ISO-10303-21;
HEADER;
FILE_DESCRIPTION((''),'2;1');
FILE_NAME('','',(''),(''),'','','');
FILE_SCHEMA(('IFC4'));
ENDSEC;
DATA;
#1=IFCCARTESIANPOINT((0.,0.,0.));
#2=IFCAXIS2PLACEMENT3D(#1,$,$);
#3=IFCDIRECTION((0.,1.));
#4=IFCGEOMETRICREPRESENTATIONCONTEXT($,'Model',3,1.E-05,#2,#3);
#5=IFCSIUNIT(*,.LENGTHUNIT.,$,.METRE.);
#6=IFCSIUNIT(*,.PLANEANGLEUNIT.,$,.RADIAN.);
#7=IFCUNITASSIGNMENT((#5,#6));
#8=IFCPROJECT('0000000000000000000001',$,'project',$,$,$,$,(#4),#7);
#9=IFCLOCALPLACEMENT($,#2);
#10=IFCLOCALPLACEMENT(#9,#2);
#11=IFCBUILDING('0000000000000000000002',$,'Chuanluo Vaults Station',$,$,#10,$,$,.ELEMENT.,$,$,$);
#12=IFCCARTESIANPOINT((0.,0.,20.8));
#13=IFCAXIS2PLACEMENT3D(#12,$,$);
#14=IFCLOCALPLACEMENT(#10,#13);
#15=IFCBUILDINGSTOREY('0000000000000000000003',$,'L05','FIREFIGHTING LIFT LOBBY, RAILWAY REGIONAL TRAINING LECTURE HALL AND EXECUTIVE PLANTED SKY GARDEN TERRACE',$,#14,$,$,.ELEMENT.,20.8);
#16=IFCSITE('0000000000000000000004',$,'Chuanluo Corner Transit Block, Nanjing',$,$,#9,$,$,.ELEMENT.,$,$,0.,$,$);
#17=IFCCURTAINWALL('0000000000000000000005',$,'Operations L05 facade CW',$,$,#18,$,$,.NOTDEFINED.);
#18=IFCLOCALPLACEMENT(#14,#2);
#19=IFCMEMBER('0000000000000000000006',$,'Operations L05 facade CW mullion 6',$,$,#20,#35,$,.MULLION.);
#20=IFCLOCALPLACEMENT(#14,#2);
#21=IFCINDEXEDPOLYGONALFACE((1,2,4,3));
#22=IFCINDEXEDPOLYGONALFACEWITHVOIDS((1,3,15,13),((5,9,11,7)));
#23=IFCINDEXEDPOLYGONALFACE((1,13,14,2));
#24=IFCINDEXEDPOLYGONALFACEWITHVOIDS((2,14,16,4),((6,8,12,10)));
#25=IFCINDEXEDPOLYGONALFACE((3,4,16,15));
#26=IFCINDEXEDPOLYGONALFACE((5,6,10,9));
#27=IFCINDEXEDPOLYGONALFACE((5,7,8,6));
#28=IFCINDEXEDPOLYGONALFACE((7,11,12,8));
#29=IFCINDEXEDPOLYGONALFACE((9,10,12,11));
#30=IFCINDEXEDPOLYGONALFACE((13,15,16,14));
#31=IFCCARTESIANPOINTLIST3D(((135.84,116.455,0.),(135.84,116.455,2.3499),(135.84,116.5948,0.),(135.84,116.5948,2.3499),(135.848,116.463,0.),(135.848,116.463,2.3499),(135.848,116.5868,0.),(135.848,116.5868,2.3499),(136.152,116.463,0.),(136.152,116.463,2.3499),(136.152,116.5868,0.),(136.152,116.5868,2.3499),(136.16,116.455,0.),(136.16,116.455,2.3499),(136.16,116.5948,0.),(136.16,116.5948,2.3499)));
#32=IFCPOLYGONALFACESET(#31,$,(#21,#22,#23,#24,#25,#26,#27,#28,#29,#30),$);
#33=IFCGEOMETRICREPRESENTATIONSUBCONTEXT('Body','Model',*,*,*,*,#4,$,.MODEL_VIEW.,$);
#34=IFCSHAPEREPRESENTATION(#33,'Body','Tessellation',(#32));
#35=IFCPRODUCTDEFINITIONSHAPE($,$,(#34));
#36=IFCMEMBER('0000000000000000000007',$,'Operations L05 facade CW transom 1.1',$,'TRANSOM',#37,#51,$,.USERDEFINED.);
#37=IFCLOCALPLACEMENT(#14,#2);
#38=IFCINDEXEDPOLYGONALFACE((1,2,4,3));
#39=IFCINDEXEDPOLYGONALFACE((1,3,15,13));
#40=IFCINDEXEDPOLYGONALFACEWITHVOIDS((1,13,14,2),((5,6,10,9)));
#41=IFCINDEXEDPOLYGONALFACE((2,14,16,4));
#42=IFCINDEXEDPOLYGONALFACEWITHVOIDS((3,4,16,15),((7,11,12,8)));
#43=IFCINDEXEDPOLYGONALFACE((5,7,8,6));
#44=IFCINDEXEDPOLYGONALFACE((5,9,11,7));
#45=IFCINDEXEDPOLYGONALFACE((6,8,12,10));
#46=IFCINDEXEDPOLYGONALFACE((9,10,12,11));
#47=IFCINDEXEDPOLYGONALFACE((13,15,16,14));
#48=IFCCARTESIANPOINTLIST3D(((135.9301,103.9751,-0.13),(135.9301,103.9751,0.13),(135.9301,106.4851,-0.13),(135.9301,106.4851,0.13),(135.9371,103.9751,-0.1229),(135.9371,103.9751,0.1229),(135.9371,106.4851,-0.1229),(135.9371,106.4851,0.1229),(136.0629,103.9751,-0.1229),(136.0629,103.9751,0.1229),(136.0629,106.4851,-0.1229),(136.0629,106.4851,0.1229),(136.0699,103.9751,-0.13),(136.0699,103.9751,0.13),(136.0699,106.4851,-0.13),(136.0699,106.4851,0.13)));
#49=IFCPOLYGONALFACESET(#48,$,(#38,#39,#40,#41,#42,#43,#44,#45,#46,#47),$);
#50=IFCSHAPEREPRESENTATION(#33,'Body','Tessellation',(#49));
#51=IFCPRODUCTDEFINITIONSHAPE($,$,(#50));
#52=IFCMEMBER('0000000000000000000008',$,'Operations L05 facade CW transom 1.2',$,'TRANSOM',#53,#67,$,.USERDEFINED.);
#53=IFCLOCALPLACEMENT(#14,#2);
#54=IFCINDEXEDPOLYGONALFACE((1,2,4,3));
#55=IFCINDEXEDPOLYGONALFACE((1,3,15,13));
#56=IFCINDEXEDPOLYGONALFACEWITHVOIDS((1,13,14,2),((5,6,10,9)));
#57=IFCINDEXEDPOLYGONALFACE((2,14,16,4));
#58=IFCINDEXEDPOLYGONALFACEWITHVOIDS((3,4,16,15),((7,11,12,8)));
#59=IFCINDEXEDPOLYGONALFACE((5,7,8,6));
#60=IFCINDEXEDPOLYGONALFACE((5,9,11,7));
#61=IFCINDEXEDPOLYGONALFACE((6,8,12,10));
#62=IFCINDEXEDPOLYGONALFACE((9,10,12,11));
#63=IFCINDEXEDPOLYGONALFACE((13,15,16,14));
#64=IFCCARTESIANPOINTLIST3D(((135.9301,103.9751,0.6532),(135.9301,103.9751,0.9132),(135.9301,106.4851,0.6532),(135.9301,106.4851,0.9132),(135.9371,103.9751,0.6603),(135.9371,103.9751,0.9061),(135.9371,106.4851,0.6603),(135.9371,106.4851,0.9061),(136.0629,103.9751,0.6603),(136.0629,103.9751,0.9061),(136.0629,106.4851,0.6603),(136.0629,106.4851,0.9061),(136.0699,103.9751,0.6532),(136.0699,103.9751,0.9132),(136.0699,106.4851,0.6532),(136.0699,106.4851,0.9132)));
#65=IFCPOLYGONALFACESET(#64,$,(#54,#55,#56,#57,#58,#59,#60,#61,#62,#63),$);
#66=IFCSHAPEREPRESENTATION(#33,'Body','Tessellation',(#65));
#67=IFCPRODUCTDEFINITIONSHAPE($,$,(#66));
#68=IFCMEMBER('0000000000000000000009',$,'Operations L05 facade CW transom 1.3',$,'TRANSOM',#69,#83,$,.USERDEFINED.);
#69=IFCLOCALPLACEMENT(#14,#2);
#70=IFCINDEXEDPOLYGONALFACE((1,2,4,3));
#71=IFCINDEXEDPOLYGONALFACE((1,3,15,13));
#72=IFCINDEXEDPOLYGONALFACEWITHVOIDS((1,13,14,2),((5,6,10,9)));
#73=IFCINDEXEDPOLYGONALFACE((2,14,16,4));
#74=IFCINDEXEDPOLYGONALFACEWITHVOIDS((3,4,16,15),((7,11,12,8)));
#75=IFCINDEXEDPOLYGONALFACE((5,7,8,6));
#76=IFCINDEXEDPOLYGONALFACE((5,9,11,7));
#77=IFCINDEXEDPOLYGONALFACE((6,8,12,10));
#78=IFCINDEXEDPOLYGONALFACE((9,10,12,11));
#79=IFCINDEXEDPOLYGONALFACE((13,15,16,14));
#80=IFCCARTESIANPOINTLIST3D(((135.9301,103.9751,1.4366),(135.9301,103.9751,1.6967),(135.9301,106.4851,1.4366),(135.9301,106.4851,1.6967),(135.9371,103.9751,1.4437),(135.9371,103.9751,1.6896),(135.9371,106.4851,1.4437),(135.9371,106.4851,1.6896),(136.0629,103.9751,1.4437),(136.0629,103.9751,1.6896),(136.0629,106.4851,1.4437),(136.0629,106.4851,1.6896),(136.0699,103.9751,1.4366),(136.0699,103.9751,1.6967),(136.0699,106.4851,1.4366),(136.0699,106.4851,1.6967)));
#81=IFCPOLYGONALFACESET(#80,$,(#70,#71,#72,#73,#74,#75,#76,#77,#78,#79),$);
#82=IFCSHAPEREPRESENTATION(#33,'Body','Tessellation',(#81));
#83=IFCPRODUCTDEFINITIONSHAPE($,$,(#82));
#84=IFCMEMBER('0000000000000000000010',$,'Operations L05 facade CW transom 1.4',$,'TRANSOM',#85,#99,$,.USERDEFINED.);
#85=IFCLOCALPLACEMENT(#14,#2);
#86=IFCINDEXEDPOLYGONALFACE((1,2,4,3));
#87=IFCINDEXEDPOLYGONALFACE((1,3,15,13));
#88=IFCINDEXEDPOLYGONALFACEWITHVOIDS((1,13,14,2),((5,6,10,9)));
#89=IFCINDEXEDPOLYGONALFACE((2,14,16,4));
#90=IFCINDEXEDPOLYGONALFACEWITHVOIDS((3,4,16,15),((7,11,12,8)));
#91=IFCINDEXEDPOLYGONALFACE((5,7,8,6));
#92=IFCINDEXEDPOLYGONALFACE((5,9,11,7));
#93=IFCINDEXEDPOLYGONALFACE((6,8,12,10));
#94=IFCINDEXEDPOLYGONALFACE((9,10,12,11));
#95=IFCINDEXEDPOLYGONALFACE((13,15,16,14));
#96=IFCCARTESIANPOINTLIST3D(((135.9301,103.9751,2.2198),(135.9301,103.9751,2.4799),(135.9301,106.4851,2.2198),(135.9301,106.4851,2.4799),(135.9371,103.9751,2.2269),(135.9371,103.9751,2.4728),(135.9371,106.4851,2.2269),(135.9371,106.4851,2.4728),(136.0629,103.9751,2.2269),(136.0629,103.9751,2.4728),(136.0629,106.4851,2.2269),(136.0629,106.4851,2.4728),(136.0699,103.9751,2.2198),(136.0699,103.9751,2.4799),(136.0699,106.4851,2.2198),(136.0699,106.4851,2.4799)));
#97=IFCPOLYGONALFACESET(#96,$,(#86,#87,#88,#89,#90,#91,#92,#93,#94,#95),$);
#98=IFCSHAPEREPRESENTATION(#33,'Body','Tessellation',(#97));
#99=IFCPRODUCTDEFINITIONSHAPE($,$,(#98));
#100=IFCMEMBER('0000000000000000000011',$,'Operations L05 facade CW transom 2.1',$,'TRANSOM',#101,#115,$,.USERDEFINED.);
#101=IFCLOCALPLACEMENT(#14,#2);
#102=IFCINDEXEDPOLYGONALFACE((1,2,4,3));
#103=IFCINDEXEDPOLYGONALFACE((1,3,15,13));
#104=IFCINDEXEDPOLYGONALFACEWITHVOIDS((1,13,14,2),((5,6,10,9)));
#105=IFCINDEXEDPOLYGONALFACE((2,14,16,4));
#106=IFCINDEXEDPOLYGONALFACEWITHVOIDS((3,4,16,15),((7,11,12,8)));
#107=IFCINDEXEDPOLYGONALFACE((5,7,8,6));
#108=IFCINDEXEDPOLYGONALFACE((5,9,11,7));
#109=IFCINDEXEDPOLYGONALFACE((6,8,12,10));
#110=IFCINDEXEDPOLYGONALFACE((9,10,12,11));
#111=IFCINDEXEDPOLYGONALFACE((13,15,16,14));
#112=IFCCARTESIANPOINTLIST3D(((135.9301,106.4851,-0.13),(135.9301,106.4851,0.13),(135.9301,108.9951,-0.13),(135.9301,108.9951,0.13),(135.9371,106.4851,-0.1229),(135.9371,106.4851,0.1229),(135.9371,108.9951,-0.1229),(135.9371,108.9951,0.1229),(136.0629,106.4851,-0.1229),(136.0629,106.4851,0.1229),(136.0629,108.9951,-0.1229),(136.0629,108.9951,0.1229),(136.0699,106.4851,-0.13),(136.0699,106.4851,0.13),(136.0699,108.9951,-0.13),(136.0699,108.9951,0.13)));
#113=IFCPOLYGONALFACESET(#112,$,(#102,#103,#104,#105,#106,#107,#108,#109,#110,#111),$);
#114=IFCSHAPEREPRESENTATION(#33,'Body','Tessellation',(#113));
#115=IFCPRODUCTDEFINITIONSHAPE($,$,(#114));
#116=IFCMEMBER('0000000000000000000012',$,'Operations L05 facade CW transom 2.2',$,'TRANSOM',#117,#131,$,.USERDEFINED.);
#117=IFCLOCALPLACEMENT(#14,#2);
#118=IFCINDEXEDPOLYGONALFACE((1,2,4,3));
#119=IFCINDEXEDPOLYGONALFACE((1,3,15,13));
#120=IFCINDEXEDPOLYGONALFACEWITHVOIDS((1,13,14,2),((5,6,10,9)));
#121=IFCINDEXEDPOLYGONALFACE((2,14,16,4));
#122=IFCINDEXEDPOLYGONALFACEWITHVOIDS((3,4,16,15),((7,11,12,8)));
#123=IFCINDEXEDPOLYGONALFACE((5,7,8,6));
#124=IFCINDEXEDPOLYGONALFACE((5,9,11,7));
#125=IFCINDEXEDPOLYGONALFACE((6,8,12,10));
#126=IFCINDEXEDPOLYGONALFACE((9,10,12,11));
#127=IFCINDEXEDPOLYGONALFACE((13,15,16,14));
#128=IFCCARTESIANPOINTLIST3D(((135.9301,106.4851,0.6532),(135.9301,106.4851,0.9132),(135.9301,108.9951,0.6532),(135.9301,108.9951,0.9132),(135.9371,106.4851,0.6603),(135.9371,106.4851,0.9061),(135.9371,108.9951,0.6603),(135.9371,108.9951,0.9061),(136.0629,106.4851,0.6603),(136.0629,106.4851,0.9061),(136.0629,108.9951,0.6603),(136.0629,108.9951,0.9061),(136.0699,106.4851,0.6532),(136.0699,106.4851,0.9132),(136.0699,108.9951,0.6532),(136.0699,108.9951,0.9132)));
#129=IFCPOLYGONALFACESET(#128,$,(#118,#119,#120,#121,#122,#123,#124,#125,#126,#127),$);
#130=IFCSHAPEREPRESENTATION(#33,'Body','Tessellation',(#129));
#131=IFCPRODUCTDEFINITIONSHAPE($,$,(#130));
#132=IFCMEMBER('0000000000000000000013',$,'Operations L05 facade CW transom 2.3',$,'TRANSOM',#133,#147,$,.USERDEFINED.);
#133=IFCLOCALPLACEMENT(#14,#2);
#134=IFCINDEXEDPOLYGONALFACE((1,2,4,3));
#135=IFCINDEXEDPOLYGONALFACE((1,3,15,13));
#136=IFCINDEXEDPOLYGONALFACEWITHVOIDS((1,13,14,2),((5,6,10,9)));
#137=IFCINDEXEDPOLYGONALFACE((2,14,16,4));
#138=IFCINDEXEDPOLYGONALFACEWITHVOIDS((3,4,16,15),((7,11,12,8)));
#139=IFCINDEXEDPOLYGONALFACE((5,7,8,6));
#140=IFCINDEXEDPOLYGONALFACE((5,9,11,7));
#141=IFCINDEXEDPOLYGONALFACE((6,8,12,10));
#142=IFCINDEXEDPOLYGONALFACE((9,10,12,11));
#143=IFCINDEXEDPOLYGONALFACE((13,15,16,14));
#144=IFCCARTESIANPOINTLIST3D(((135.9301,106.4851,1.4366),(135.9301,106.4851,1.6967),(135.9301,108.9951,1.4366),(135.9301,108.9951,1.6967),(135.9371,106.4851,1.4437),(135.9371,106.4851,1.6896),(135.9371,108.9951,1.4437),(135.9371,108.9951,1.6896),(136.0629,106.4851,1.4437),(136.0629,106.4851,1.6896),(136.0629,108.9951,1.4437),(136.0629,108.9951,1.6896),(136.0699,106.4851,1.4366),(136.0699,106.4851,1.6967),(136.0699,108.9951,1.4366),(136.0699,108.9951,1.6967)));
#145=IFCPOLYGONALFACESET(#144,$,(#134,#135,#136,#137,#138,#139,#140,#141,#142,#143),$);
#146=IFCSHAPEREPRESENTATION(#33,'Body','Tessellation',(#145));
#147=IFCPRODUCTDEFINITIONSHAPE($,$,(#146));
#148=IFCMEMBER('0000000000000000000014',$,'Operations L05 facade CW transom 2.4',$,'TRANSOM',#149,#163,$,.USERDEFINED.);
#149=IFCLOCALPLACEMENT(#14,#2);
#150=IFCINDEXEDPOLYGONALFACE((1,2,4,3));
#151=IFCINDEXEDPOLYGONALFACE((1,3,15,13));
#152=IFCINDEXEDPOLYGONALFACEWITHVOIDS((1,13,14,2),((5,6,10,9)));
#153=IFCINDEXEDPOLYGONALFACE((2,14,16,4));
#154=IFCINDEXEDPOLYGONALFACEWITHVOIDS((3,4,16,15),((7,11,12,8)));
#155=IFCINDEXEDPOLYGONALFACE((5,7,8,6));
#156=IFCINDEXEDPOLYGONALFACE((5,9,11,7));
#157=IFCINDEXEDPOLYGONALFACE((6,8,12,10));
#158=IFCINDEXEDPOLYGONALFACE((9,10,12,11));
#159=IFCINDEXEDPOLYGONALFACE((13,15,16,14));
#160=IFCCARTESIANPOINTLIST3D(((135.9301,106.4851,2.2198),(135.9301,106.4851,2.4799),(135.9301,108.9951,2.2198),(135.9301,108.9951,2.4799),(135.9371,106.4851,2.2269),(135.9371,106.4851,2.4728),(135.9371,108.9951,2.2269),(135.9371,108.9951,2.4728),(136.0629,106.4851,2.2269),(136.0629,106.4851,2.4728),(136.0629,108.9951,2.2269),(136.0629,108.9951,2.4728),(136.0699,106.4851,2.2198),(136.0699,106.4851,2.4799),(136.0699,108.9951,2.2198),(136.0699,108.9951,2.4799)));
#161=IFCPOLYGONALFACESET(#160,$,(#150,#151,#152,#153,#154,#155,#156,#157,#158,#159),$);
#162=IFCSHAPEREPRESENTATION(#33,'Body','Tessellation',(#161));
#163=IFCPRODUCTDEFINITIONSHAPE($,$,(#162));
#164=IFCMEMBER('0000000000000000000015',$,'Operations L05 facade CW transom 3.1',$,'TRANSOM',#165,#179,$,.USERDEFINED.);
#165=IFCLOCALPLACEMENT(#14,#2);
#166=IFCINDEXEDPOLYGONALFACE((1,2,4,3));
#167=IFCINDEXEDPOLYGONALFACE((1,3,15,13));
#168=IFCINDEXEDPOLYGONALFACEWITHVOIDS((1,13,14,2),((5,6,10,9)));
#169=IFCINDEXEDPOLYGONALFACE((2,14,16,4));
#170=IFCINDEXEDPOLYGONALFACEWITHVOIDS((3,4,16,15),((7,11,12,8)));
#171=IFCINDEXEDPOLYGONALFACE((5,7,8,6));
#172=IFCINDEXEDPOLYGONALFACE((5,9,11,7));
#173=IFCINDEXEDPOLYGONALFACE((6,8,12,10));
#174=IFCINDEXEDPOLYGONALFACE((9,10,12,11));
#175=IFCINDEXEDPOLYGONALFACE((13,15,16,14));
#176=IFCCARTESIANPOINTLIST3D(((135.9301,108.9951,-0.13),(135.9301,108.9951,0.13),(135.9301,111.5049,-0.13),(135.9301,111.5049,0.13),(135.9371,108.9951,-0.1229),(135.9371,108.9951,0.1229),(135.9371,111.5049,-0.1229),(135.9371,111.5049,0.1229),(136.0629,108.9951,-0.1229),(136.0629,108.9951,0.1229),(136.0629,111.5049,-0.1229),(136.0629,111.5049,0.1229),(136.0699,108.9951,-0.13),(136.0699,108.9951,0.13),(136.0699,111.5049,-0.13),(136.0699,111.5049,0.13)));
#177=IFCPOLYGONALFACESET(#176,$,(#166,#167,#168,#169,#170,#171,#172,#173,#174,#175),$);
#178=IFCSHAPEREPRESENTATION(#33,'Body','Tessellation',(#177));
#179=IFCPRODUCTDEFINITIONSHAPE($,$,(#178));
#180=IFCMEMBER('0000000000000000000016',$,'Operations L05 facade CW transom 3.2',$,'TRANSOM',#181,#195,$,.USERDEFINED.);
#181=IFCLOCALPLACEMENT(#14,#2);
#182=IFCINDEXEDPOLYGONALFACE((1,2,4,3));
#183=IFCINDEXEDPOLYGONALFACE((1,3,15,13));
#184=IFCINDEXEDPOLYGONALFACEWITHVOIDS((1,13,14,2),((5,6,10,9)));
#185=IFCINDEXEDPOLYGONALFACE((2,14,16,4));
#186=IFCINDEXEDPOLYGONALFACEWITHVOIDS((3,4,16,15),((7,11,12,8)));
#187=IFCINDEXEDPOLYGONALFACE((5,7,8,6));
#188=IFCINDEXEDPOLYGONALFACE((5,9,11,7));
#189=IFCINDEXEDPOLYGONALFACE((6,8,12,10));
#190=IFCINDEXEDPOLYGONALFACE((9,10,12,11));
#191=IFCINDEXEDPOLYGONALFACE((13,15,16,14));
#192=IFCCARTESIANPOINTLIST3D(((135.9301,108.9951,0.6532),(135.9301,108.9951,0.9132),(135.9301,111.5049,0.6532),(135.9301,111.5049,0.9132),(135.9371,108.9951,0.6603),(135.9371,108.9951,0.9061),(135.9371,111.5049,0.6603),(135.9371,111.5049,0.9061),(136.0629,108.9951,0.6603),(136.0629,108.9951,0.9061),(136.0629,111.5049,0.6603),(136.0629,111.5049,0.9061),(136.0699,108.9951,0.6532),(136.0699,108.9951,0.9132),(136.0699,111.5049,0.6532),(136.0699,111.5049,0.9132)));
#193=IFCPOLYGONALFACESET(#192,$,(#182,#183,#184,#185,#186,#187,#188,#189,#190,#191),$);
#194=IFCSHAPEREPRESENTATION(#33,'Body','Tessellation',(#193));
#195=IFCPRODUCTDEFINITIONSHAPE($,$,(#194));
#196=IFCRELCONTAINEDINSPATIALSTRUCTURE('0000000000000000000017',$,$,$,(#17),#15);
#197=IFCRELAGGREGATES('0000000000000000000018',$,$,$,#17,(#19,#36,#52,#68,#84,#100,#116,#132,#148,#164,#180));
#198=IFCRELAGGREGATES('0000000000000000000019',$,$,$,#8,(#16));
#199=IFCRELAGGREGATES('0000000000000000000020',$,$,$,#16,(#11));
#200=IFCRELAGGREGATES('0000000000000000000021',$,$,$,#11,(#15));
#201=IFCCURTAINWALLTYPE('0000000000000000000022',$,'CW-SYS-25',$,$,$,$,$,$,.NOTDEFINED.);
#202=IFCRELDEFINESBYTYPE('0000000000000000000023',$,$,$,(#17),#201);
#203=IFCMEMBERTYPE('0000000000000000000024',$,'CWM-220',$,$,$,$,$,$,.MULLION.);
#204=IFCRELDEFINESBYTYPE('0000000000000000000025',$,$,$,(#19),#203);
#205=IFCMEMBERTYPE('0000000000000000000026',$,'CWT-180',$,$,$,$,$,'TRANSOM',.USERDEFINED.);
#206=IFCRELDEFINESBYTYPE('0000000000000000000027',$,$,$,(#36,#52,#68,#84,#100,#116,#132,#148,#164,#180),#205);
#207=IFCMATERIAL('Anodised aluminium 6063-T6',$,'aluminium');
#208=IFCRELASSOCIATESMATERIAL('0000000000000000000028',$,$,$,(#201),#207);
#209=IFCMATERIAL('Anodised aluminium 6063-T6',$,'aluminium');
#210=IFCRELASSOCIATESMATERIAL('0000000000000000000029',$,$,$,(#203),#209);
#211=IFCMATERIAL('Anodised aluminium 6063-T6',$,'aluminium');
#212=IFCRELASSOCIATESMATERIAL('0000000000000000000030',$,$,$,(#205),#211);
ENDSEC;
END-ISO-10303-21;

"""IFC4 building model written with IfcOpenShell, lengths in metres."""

from ifc_helpers import new_model, si_unit, direction, frame, origin, origin_2d, place, context, subcontext, project, spatial, hollow_rectangle, extrude, material, material_profile, profile_set, type_object, element, aggregate, save


model = new_model("IFC4")

# Units and contexts
model_context = context("Model", 3, precision=1e-05, world=origin(), true_north=direction((0.0, 1.0)))
body_context = subcontext(model_context, "Body", "Model", "MODEL_VIEW")
ifc_project = project(units=[si_unit("LENGTHUNIT", "METRE"), si_unit("PLANEANGLEUNIT", "RADIAN")], contexts=[model_context])

# Site, building, storey
site_placement = place(None, origin())
site = spatial("IfcSite", under=ifc_project, at=site_placement, Name="Chuanluo Corner Transit Block, Nanjing", CompositionType="ELEMENT", RefElevation=0.0)
building_placement = place(site_placement, origin())
building = spatial("IfcBuilding", under=site, at=building_placement, Name="Chuanluo Vaults Station", CompositionType="ELEMENT")
storey_placement = place(building_placement, frame((0.0, 0.0, 20.8)))
storey = spatial("IfcBuildingStorey", under=building, at=storey_placement, Name="L05", Description="FIREFIGHTING LIFT LOBBY, RAILWAY REGIONAL TRAINING LECTURE HALL AND EXECUTIVE PLANTED SKY GARDEN TERRACE", CompositionType="ELEMENT", Elevation=20.8)

# Curtain wall, members
ifc_material_1 = material(Name="Anodised aluminium 6063-T6", Category="aluminium")
curtain_wall_type = type_object("IfcCurtainWallType", Name="CW-SYS-25", PredefinedType="NOTDEFINED", material=ifc_material_1)
curtain_wall_placement = place(storey_placement, origin())
curtain_wall = element("IfcCurtainWall", 1, at=curtain_wall_placement, inside=storey, type_object=curtain_wall_type, Name="Operations L05 facade CW", PredefinedType="NOTDEFINED")
ifc_material_2 = material(Name="Anodised aluminium 6063-T6", Category="aluminium")
ifc_material_profile_1 = material_profile(ifc_material_2, hollow_rectangle(XDim=0.1399, YDim=0.3201, WallThickness=0.0081, at=origin_2d()))
ifc_profile_set_1 = profile_set([ifc_material_profile_1], Name="Anodised aluminium 6063-T6")
member_type_1 = type_object("IfcMemberType", Name="CWM-220", PredefinedType="MULLION", material=ifc_profile_set_1)
member_1_placement = place(storey_placement, frame((136.0, 116.5249, 0.0), z_axis=(0.0, 0.0, 1.0), x_axis=(0.0, 1.0, 0.0)))
member_1 = element("IfcMember", 2, at=member_1_placement, type_object=member_type_1, Name="Operations L05 facade CW mullion 6", PredefinedType="MULLION", context=body_context, shape_type="SweptSolid", body=[
    extrude(hollow_rectangle(XDim=0.1399, YDim=0.3201, WallThickness=0.0081, at=origin_2d()), origin(), (0.0, 0.0, 1.0), 2.3499),
])
ifc_material_3 = material(Name="Anodised aluminium 6063-T6", Category="aluminium")
ifc_material_profile_2 = material_profile(ifc_material_3, hollow_rectangle(XDim=0.1399, YDim=0.26, WallThickness=0.0071, at=origin_2d()))
ifc_profile_set_2 = profile_set([ifc_material_profile_2], Name="Anodised aluminium 6063-T6")
member_type_2 = type_object("IfcMemberType", Name="CWT-180", ElementType="TRANSOM", PredefinedType="USERDEFINED", material=ifc_profile_set_2)
member_2_placement = place(storey_placement, frame((136.0, 103.9751, 0.0), z_axis=(0.0, 1.0, 0.0), x_axis=(-1.0, 0.0, 0.0)))
member_2 = element("IfcMember", 3, at=member_2_placement, type_object=member_type_2, Name="Operations L05 facade CW transom 1.1", ObjectType="TRANSOM", PredefinedType="USERDEFINED", context=body_context, shape_type="SweptSolid", body=[
    extrude(hollow_rectangle(XDim=0.1399, YDim=0.26, WallThickness=0.0071, at=origin_2d()), origin(), (0.0, 0.0, 1.0), 2.51),
])
member_3_placement = place(storey_placement, frame((136.0, 103.9751, 0.7832), z_axis=(0.0, 1.0, 0.0), x_axis=(-1.0, 0.0, 0.0)))
member_3 = element("IfcMember", 4, at=member_3_placement, type_object=member_type_2, Name="Operations L05 facade CW transom 1.2", ObjectType="TRANSOM", PredefinedType="USERDEFINED", context=body_context, shape_type="SweptSolid", body=[
    extrude(hollow_rectangle(XDim=0.1399, YDim=0.26, WallThickness=0.0071, at=origin_2d()), origin(), (0.0, 0.0, 1.0), 2.51),
])
member_4_placement = place(storey_placement, frame((136.0, 103.9751, 1.5667), z_axis=(0.0, 1.0, 0.0), x_axis=(-1.0, 0.0, 0.0)))
member_4 = element("IfcMember", 5, at=member_4_placement, type_object=member_type_2, Name="Operations L05 facade CW transom 1.3", ObjectType="TRANSOM", PredefinedType="USERDEFINED", context=body_context, shape_type="SweptSolid", body=[
    extrude(hollow_rectangle(XDim=0.1399, YDim=0.26, WallThickness=0.0071, at=origin_2d()), origin(), (0.0, 0.0, 1.0), 2.51),
])
member_5_placement = place(storey_placement, frame((136.0, 103.9751, 2.3499), z_axis=(0.0, 1.0, 0.0), x_axis=(-1.0, 0.0, 0.0)))
member_5 = element("IfcMember", 6, at=member_5_placement, type_object=member_type_2, Name="Operations L05 facade CW transom 1.4", ObjectType="TRANSOM", PredefinedType="USERDEFINED", context=body_context, shape_type="SweptSolid", body=[
    extrude(hollow_rectangle(XDim=0.1399, YDim=0.26, WallThickness=0.0071, at=origin_2d()), origin(), (0.0, 0.0, 1.0), 2.51),
])
member_6_placement = place(storey_placement, frame((136.0, 106.4851, 0.0), z_axis=(0.0, 1.0, 0.0), x_axis=(-1.0, 0.0, 0.0)))
member_6 = element("IfcMember", 7, at=member_6_placement, type_object=member_type_2, Name="Operations L05 facade CW transom 2.1", ObjectType="TRANSOM", PredefinedType="USERDEFINED", context=body_context, shape_type="SweptSolid", body=[
    extrude(hollow_rectangle(XDim=0.1399, YDim=0.26, WallThickness=0.0071, at=origin_2d()), origin(), (0.0, 0.0, 1.0), 2.51),
])
member_7_placement = place(storey_placement, frame((136.0, 106.4851, 0.7832), z_axis=(0.0, 1.0, 0.0), x_axis=(-1.0, 0.0, 0.0)))
member_7 = element("IfcMember", 8, at=member_7_placement, type_object=member_type_2, Name="Operations L05 facade CW transom 2.2", ObjectType="TRANSOM", PredefinedType="USERDEFINED", context=body_context, shape_type="SweptSolid", body=[
    extrude(hollow_rectangle(XDim=0.1399, YDim=0.26, WallThickness=0.0071, at=origin_2d()), origin(), (0.0, 0.0, 1.0), 2.51),
])
member_8_placement = place(storey_placement, frame((136.0, 106.4851, 1.5667), z_axis=(0.0, 1.0, 0.0), x_axis=(-1.0, 0.0, 0.0)))
member_8 = element("IfcMember", 9, at=member_8_placement, type_object=member_type_2, Name="Operations L05 facade CW transom 2.3", ObjectType="TRANSOM", PredefinedType="USERDEFINED", context=body_context, shape_type="SweptSolid", body=[
    extrude(hollow_rectangle(XDim=0.1399, YDim=0.26, WallThickness=0.0071, at=origin_2d()), origin(), (0.0, 0.0, 1.0), 2.51),
])
member_9_placement = place(storey_placement, frame((136.0, 106.4851, 2.3499), z_axis=(0.0, 1.0, 0.0), x_axis=(-1.0, 0.0, 0.0)))
member_9 = element("IfcMember", 10, at=member_9_placement, type_object=member_type_2, Name="Operations L05 facade CW transom 2.4", ObjectType="TRANSOM", PredefinedType="USERDEFINED", context=body_context, shape_type="SweptSolid", body=[
    extrude(hollow_rectangle(XDim=0.1399, YDim=0.26, WallThickness=0.0071, at=origin_2d()), origin(), (0.0, 0.0, 1.0), 2.51),
])
member_10_placement = place(storey_placement, frame((136.0, 108.9951, 0.0), z_axis=(0.0, 1.0, 0.0), x_axis=(-1.0, 0.0, 0.0)))
member_10 = element("IfcMember", 11, at=member_10_placement, type_object=member_type_2, Name="Operations L05 facade CW transom 3.1", ObjectType="TRANSOM", PredefinedType="USERDEFINED", context=body_context, shape_type="SweptSolid", body=[
    extrude(hollow_rectangle(XDim=0.1399, YDim=0.26, WallThickness=0.0071, at=origin_2d()), origin(), (0.0, 0.0, 1.0), 2.5098),
])
member_11_placement = place(storey_placement, frame((136.0, 108.9951, 0.7832), z_axis=(0.0, 1.0, 0.0), x_axis=(-1.0, 0.0, 0.0)))
member_11 = element("IfcMember", 12, at=member_11_placement, type_object=member_type_2, Name="Operations L05 facade CW transom 3.2", ObjectType="TRANSOM", PredefinedType="USERDEFINED", context=body_context, shape_type="SweptSolid", body=[
    extrude(hollow_rectangle(XDim=0.1399, YDim=0.26, WallThickness=0.0071, at=origin_2d()), origin(), (0.0, 0.0, 1.0), 2.5098),
])
aggregate(curtain_wall, [member_1, member_2, member_3, member_4, member_5, member_6, member_7, member_8, member_9, member_10, member_11])

save(model, "model.ifc")
